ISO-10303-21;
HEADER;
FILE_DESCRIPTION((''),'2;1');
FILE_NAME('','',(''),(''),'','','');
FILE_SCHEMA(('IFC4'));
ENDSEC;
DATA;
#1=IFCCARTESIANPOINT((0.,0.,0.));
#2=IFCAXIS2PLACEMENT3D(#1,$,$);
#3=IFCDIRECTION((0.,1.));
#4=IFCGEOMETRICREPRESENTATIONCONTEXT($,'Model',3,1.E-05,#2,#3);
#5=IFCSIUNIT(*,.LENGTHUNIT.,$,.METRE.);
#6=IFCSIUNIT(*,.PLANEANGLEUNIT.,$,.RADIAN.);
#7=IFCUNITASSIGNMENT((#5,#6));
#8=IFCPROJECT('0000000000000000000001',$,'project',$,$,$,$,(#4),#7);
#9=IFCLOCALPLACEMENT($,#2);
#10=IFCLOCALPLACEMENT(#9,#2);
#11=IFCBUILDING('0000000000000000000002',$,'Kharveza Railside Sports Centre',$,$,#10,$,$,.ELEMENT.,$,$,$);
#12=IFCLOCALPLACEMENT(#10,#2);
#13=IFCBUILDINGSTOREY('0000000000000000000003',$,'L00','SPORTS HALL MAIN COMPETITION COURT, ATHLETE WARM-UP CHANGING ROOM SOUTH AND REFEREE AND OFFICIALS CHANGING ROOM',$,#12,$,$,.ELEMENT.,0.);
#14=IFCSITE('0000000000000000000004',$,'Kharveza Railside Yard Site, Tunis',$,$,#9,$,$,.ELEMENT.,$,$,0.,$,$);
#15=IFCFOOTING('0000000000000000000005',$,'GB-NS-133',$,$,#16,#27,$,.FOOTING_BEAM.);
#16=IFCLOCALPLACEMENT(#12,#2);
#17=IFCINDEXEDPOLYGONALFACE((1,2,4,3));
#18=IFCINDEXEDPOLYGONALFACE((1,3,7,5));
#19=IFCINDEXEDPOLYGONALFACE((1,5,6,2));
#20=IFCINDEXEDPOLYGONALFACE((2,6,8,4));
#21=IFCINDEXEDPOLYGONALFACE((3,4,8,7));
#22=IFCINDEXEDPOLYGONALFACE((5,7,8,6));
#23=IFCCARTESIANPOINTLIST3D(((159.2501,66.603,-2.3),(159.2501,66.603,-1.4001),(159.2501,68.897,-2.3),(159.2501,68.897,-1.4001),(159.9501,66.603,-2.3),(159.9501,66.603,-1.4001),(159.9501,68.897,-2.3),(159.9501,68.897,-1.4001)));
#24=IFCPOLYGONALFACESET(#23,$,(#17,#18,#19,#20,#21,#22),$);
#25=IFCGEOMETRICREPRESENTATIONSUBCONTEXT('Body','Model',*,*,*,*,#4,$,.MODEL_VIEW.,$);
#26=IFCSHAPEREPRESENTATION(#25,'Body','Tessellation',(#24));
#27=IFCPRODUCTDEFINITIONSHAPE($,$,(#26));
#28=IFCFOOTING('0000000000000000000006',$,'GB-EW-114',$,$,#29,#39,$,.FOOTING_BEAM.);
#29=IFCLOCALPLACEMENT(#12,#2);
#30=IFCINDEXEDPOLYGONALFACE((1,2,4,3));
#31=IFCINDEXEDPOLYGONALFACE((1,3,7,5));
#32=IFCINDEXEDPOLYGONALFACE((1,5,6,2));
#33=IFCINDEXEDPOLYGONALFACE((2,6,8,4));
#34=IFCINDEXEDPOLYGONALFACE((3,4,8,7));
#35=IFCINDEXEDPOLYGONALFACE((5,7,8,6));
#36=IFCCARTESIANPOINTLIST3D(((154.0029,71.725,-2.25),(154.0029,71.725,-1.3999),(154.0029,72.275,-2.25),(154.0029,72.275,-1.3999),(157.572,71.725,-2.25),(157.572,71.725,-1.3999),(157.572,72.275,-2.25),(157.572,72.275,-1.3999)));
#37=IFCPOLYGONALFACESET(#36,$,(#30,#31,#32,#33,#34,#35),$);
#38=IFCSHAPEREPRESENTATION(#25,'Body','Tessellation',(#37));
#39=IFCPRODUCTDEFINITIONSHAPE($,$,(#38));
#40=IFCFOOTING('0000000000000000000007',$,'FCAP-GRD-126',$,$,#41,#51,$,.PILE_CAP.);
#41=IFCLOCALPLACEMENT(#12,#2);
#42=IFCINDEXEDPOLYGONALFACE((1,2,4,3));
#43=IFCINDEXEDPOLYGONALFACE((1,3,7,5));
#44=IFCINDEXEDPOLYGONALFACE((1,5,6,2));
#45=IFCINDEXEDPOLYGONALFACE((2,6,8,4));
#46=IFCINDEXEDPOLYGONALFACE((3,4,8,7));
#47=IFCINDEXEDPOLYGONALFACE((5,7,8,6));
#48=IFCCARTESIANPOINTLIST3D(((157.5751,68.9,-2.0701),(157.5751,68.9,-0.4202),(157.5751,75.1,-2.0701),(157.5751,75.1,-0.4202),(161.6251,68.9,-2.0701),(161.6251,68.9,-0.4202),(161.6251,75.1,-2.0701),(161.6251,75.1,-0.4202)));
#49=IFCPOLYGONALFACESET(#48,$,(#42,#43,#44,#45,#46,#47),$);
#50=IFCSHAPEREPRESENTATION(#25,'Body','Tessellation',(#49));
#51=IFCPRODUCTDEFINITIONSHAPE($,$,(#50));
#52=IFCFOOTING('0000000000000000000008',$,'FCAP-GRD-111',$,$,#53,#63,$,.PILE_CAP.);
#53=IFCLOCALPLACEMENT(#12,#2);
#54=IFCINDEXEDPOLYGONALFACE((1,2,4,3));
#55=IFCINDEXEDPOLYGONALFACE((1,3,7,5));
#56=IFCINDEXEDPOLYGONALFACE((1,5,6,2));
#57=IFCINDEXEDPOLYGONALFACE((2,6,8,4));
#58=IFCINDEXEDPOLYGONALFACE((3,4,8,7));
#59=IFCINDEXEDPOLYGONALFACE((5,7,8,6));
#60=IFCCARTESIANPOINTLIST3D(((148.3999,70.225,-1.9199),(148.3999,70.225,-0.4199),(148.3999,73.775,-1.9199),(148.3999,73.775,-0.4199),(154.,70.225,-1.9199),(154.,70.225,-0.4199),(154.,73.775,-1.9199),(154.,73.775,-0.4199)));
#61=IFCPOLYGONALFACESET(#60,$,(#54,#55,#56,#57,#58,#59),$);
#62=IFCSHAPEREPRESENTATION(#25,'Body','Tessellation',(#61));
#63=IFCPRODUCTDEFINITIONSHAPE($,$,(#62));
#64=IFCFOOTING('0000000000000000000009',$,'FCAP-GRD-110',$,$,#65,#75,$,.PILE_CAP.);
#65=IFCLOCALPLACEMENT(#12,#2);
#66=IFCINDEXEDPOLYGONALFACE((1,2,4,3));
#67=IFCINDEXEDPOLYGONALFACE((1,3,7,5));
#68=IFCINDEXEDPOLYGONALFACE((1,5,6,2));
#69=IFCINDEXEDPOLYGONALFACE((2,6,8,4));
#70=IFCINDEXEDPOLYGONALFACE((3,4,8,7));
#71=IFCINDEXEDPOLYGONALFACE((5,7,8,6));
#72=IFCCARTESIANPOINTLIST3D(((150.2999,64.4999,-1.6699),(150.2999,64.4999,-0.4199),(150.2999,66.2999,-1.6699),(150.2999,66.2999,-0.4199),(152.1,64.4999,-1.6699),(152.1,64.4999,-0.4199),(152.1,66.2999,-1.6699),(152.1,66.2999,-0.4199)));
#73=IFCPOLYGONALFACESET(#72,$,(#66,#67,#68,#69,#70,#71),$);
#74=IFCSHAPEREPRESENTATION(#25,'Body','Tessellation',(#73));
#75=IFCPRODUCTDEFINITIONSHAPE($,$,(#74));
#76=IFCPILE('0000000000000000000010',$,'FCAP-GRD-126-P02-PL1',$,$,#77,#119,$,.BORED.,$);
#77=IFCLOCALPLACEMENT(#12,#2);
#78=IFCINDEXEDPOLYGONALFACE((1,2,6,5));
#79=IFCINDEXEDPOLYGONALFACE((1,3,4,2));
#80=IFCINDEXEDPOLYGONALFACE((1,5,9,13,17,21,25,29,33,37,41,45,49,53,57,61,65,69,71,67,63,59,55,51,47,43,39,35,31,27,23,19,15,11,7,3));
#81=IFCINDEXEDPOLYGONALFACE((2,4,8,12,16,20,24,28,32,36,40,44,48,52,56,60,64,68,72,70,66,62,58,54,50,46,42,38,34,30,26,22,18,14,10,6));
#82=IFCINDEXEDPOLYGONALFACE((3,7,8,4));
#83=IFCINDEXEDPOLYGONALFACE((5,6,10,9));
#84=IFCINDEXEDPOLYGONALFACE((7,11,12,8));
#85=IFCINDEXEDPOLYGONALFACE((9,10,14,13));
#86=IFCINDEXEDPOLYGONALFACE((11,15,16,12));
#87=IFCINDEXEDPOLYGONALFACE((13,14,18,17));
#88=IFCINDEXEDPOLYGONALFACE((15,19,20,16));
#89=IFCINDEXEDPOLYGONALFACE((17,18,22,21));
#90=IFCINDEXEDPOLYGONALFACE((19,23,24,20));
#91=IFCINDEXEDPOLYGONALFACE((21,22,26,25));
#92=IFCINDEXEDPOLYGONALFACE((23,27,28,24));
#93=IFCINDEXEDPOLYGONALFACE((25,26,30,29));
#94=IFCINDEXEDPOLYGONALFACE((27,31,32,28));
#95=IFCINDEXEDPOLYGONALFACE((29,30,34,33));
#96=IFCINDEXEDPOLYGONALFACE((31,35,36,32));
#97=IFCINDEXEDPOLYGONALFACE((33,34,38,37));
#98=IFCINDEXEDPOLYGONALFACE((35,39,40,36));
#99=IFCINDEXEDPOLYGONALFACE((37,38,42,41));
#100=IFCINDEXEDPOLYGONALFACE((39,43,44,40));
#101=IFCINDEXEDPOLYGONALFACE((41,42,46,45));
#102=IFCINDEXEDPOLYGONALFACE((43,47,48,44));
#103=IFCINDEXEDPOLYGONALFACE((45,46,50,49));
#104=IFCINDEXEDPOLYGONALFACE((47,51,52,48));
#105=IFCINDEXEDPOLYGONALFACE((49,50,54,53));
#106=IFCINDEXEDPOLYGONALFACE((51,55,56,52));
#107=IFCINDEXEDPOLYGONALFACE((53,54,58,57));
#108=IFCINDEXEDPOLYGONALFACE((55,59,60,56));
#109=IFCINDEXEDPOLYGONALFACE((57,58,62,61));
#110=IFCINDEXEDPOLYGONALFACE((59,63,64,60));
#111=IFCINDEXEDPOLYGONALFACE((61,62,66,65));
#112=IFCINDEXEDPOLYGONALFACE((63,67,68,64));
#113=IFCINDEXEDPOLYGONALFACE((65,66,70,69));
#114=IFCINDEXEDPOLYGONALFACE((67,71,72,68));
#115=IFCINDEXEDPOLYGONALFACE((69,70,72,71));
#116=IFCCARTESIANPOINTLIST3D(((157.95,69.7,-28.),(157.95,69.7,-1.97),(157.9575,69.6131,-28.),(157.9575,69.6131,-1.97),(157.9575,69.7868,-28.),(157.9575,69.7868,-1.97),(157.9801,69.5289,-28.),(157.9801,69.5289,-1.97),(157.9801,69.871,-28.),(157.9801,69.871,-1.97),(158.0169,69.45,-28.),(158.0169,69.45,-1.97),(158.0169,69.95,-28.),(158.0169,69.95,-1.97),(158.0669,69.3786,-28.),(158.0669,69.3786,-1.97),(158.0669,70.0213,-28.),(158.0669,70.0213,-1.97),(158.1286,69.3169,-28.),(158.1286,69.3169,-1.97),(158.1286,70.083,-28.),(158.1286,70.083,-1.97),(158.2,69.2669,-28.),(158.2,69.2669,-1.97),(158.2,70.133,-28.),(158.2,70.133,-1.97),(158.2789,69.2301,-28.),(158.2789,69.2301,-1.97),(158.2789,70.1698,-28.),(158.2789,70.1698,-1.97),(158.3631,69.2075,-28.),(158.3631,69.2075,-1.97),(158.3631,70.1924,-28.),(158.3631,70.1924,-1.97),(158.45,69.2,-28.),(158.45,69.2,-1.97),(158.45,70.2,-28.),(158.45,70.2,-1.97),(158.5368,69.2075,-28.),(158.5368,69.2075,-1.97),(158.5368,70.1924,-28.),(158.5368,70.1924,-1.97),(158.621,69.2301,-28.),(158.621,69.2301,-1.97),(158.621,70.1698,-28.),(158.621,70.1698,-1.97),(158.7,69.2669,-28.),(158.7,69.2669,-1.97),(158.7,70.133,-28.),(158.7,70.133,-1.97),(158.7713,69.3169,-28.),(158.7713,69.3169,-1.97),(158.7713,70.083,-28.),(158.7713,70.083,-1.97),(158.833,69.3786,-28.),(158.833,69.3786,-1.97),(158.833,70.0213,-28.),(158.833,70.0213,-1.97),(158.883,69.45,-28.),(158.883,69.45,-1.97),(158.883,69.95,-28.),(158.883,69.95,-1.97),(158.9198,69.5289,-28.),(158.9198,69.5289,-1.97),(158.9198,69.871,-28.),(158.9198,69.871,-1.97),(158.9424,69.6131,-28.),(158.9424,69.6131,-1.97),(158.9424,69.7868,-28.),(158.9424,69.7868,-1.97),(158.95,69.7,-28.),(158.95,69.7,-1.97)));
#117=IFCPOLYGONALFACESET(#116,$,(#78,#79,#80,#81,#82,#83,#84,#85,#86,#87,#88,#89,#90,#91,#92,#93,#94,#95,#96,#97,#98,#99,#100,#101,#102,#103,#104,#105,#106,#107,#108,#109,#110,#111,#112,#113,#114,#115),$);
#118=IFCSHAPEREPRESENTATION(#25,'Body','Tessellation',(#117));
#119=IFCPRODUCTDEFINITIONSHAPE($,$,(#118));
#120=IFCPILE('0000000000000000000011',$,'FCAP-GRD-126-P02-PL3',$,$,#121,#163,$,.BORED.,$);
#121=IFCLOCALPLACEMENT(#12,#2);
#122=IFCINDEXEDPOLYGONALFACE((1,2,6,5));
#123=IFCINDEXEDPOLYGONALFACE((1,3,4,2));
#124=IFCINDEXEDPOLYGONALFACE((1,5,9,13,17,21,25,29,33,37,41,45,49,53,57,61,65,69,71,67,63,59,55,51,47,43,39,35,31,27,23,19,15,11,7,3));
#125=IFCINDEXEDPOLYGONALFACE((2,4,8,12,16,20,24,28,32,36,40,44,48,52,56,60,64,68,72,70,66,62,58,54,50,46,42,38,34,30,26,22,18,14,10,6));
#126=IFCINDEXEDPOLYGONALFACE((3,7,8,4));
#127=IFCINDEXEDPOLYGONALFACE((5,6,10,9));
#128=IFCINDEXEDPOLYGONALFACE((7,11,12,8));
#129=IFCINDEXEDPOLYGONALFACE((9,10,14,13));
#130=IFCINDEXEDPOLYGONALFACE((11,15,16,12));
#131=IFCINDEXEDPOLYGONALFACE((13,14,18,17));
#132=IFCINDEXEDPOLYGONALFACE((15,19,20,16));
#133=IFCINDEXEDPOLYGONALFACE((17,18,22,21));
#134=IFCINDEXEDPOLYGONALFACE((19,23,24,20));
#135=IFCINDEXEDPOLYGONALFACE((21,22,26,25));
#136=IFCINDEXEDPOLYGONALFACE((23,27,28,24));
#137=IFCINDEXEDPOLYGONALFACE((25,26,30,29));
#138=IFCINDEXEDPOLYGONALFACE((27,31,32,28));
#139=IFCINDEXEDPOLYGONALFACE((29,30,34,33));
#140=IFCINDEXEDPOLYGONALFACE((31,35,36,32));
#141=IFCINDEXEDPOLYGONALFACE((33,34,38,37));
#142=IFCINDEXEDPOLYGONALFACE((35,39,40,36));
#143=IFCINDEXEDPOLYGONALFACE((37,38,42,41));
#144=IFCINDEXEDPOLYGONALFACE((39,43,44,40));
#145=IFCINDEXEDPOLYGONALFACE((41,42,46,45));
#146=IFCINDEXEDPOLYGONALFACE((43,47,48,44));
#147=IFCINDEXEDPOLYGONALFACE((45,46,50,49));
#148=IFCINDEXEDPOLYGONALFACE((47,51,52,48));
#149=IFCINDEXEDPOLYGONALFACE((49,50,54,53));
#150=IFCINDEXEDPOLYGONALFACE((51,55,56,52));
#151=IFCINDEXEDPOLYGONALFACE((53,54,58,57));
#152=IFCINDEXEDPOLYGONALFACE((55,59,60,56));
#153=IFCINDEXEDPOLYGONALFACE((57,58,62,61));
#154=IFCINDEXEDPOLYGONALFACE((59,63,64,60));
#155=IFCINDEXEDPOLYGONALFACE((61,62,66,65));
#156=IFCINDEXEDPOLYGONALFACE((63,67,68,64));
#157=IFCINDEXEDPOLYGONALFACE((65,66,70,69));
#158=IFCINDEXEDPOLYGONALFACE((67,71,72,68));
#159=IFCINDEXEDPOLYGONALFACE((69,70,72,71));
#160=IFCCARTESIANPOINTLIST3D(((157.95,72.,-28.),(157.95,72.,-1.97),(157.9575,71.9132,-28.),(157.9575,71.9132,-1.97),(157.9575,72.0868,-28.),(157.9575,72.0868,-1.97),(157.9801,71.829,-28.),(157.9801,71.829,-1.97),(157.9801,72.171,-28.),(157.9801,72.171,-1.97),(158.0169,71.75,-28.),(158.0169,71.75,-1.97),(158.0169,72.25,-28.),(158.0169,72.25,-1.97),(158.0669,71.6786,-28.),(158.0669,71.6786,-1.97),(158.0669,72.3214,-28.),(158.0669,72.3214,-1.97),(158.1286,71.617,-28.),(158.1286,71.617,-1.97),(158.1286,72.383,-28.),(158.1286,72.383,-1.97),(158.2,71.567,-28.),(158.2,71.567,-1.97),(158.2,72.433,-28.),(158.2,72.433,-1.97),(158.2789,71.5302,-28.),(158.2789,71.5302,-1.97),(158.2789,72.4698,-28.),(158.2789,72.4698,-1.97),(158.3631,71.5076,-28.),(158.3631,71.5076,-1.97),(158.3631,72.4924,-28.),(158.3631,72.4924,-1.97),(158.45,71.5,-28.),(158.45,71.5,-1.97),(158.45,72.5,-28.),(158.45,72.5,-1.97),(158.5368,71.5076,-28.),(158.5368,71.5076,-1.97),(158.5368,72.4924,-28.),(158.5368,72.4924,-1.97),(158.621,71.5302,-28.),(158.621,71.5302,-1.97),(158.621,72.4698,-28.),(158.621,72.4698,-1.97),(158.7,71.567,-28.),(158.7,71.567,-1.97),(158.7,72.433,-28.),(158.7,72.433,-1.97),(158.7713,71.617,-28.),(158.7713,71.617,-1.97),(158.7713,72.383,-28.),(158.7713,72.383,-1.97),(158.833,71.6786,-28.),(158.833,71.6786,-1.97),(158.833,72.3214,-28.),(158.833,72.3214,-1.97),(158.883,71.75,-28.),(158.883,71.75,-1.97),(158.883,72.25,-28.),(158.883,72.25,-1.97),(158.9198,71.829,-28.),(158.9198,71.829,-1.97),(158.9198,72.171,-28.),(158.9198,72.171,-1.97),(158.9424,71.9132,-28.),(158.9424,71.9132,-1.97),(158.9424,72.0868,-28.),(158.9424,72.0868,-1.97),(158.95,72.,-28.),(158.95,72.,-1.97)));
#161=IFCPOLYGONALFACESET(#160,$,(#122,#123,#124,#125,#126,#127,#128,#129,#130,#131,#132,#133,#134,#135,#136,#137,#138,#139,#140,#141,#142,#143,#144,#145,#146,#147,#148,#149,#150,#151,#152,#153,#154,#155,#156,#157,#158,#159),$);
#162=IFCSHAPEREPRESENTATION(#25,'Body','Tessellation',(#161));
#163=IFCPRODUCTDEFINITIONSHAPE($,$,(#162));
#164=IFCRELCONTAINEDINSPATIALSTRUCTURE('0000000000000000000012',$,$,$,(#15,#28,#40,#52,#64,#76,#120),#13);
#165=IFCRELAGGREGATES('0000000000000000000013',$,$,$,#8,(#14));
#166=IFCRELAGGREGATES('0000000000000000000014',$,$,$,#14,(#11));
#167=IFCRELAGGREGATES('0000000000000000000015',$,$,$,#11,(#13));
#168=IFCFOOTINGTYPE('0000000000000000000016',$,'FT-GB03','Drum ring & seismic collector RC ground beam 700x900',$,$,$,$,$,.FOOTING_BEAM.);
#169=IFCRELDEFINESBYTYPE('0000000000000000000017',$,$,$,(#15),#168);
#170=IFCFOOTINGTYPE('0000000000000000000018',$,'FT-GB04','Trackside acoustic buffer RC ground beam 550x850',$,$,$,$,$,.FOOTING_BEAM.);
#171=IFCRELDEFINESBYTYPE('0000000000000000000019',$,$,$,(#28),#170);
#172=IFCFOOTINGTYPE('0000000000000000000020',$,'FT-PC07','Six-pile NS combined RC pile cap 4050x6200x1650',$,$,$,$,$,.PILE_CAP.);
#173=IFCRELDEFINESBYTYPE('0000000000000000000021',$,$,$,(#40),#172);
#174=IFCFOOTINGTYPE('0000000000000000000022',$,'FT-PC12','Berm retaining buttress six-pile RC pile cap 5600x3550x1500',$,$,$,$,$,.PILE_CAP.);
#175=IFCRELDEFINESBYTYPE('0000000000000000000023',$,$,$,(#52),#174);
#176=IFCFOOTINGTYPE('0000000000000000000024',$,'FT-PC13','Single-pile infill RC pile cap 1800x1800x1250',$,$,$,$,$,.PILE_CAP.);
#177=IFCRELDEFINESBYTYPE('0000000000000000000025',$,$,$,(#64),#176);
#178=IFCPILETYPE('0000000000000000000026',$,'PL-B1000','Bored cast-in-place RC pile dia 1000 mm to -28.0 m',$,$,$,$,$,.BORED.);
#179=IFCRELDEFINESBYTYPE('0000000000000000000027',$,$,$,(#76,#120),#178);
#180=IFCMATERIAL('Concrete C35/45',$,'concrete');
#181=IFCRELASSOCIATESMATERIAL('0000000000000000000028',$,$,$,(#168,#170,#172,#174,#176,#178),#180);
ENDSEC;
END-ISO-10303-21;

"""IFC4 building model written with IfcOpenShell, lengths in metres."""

from ifc_helpers import new_model, si_unit, direction, frame, origin, origin_2d, place, context, subcontext, project, spatial, rectangle, circle, extrude, material, material_profile, profile_set, type_object, element, save


model = new_model("IFC4")

# Units and contexts
model_context = context("Model", 3, precision=1e-05, world=origin(), true_north=direction((0.0, 1.0)))
body_context = subcontext(model_context, "Body", "Model", "MODEL_VIEW")
ifc_project = project(units=[si_unit("LENGTHUNIT", "METRE"), si_unit("PLANEANGLEUNIT", "RADIAN")], contexts=[model_context])

# Site, building, storey
site_placement = place(None, origin())
site = spatial("IfcSite", under=ifc_project, at=site_placement, Name="Kharveza Railside Yard Site, Tunis", CompositionType="ELEMENT", RefElevation=0.0)
building_placement = place(site_placement, origin())
building = spatial("IfcBuilding", under=site, at=building_placement, Name="Kharveza Railside Sports Centre", CompositionType="ELEMENT")
storey_placement = place(building_placement, origin())
storey = spatial("IfcBuildingStorey", under=building, at=storey_placement, Name="L00", Description="SPORTS HALL MAIN COMPETITION COURT, ATHLETE WARM-UP CHANGING ROOM SOUTH AND REFEREE AND OFFICIALS CHANGING ROOM", CompositionType="ELEMENT", Elevation=0.0)

# Footings
ifc_material_1 = material(Name="Concrete C35/45", Category="concrete")
ifc_material_profile_1 = material_profile(ifc_material_1, rectangle(XDim=0.7, YDim=0.8999, at=origin_2d()), Name="GB 700x900")
ifc_profile_set_1 = profile_set([ifc_material_profile_1], Name="Concrete C35/45")
footing_type_1 = type_object("IfcFootingType", Name="FT-GB03", Description="Drum ring & seismic collector RC ground beam 700x900", PredefinedType="FOOTING_BEAM", material=ifc_profile_set_1)
footing_1_placement = place(storey_placement, frame((159.6001, 66.603, -1.8501), z_axis=(0.0, 1.0, 0.0), x_axis=(-1.0, 0.0, 0.0)))
element("IfcFooting", 1, at=footing_1_placement, inside=storey, type_object=footing_type_1, Name="GB-NS-133", PredefinedType="FOOTING_BEAM", context=body_context, shape_type="SweptSolid", body=[
    extrude(rectangle(XDim=0.7, YDim=0.8999, at=origin_2d()), origin(), (0.0, 0.0, 1.0), 2.2939),
])
ifc_material_profile_2 = material_profile(ifc_material_1, rectangle(XDim=0.55, YDim=0.8501, at=origin_2d()), Name="GB 550x850")
ifc_profile_set_2 = profile_set([ifc_material_profile_2], Name="Concrete C35/45")
footing_type_2 = type_object("IfcFootingType", Name="FT-GB04", Description="Trackside acoustic buffer RC ground beam 550x850", PredefinedType="FOOTING_BEAM", material=ifc_profile_set_2)
footing_2_placement = place(storey_placement, frame((154.0029, 72.0, -1.825), z_axis=(1.0, 0.0, 0.0), x_axis=(0.0, 1.0, 0.0)))
element("IfcFooting", 2, at=footing_2_placement, inside=storey, type_object=footing_type_2, Name="GB-EW-114", PredefinedType="FOOTING_BEAM", context=body_context, shape_type="SweptSolid", body=[
    extrude(rectangle(XDim=0.55, YDim=0.8501, at=origin_2d()), origin(), (0.0, 0.0, 1.0), 3.5691),
])
footing_type_3 = type_object("IfcFootingType", Name="FT-PC07", Description="Six-pile NS combined RC pile cap 4050x6200x1650", PredefinedType="PILE_CAP", material=ifc_material_1)
footing_3_placement = place(storey_placement, frame((159.6001, 72.0, -2.0701), z_axis=(0.0, 0.0, 1.0), x_axis=(1.0, 0.0, 0.0)))
element("IfcFooting", 3, at=footing_3_placement, inside=storey, type_object=footing_type_3, Name="FCAP-GRD-126", PredefinedType="PILE_CAP", context=body_context, shape_type="SweptSolid", body=[
    extrude(rectangle(XDim=4.05, YDim=6.2, at=origin_2d()), origin(), (0.0, 0.0, 1.0), 1.6499),
])
footing_type_4 = type_object("IfcFootingType", Name="FT-PC12", Description="Berm retaining buttress six-pile RC pile cap 5600x3550x1500", PredefinedType="PILE_CAP", material=ifc_material_1)
footing_4_placement = place(storey_placement, frame((151.2, 72.0, -1.9199), z_axis=(0.0, 0.0, 1.0), x_axis=(1.0, 0.0, 0.0)))
element("IfcFooting", 4, at=footing_4_placement, inside=storey, type_object=footing_type_4, Name="FCAP-GRD-111", PredefinedType="PILE_CAP", context=body_context, shape_type="SweptSolid", body=[
    extrude(rectangle(XDim=5.6001, YDim=3.55, at=origin_2d()), origin(), (0.0, 0.0, 1.0), 1.5),
])
footing_type_5 = type_object("IfcFootingType", Name="FT-PC13", Description="Single-pile infill RC pile cap 1800x1800x1250", PredefinedType="PILE_CAP", material=ifc_material_1)
footing_5_placement = place(storey_placement, frame((151.2, 65.3999, -1.6699), z_axis=(0.0, 0.0, 1.0), x_axis=(1.0, 0.0, 0.0)))
element("IfcFooting", 5, at=footing_5_placement, inside=storey, type_object=footing_type_5, Name="FCAP-GRD-110", PredefinedType="PILE_CAP", context=body_context, shape_type="SweptSolid", body=[
    extrude(rectangle(XDim=1.8, YDim=1.8, at=origin_2d()), origin(), (0.0, 0.0, 1.0), 1.25),
])

# Piles
ifc_material_profile_3 = material_profile(ifc_material_1, circle(Radius=0.5, at=origin_2d()), Name="PILE D1000")
ifc_profile_set_3 = profile_set([ifc_material_profile_3], Name="Concrete C35/45")
pile_type_1 = type_object("IfcPileType", Name="PL-B1000", Description="Bored cast-in-place RC pile dia 1000 mm to -28.0 m", PredefinedType="BORED", material=ifc_profile_set_3)
for number, where, z_axis, x_axis, name in (
    (6, (158.45, 69.7, -1.97), (0.0, 0.0, -1.0), (1.0, 0.0, 0.0), "FCAP-GRD-126-P02-PL1"),
    (7, (158.45, 72.0, -1.97), (0.0, 0.0, -1.0), (1.0, 0.0, 0.0), "FCAP-GRD-126-P02-PL3"),
):
    element("IfcPile", number, at=place(storey_placement, frame(where, z_axis=z_axis, x_axis=x_axis)), inside=storey, type_object=pile_type_1, Name=name, PredefinedType="BORED", context=body_context, shape_type="SweptSolid", body=[
        extrude(circle(Radius=0.5, at=origin_2d()), origin(), (0.0, 0.0, 1.0), 26.03),
    ])

save(model, "model.ifc")
